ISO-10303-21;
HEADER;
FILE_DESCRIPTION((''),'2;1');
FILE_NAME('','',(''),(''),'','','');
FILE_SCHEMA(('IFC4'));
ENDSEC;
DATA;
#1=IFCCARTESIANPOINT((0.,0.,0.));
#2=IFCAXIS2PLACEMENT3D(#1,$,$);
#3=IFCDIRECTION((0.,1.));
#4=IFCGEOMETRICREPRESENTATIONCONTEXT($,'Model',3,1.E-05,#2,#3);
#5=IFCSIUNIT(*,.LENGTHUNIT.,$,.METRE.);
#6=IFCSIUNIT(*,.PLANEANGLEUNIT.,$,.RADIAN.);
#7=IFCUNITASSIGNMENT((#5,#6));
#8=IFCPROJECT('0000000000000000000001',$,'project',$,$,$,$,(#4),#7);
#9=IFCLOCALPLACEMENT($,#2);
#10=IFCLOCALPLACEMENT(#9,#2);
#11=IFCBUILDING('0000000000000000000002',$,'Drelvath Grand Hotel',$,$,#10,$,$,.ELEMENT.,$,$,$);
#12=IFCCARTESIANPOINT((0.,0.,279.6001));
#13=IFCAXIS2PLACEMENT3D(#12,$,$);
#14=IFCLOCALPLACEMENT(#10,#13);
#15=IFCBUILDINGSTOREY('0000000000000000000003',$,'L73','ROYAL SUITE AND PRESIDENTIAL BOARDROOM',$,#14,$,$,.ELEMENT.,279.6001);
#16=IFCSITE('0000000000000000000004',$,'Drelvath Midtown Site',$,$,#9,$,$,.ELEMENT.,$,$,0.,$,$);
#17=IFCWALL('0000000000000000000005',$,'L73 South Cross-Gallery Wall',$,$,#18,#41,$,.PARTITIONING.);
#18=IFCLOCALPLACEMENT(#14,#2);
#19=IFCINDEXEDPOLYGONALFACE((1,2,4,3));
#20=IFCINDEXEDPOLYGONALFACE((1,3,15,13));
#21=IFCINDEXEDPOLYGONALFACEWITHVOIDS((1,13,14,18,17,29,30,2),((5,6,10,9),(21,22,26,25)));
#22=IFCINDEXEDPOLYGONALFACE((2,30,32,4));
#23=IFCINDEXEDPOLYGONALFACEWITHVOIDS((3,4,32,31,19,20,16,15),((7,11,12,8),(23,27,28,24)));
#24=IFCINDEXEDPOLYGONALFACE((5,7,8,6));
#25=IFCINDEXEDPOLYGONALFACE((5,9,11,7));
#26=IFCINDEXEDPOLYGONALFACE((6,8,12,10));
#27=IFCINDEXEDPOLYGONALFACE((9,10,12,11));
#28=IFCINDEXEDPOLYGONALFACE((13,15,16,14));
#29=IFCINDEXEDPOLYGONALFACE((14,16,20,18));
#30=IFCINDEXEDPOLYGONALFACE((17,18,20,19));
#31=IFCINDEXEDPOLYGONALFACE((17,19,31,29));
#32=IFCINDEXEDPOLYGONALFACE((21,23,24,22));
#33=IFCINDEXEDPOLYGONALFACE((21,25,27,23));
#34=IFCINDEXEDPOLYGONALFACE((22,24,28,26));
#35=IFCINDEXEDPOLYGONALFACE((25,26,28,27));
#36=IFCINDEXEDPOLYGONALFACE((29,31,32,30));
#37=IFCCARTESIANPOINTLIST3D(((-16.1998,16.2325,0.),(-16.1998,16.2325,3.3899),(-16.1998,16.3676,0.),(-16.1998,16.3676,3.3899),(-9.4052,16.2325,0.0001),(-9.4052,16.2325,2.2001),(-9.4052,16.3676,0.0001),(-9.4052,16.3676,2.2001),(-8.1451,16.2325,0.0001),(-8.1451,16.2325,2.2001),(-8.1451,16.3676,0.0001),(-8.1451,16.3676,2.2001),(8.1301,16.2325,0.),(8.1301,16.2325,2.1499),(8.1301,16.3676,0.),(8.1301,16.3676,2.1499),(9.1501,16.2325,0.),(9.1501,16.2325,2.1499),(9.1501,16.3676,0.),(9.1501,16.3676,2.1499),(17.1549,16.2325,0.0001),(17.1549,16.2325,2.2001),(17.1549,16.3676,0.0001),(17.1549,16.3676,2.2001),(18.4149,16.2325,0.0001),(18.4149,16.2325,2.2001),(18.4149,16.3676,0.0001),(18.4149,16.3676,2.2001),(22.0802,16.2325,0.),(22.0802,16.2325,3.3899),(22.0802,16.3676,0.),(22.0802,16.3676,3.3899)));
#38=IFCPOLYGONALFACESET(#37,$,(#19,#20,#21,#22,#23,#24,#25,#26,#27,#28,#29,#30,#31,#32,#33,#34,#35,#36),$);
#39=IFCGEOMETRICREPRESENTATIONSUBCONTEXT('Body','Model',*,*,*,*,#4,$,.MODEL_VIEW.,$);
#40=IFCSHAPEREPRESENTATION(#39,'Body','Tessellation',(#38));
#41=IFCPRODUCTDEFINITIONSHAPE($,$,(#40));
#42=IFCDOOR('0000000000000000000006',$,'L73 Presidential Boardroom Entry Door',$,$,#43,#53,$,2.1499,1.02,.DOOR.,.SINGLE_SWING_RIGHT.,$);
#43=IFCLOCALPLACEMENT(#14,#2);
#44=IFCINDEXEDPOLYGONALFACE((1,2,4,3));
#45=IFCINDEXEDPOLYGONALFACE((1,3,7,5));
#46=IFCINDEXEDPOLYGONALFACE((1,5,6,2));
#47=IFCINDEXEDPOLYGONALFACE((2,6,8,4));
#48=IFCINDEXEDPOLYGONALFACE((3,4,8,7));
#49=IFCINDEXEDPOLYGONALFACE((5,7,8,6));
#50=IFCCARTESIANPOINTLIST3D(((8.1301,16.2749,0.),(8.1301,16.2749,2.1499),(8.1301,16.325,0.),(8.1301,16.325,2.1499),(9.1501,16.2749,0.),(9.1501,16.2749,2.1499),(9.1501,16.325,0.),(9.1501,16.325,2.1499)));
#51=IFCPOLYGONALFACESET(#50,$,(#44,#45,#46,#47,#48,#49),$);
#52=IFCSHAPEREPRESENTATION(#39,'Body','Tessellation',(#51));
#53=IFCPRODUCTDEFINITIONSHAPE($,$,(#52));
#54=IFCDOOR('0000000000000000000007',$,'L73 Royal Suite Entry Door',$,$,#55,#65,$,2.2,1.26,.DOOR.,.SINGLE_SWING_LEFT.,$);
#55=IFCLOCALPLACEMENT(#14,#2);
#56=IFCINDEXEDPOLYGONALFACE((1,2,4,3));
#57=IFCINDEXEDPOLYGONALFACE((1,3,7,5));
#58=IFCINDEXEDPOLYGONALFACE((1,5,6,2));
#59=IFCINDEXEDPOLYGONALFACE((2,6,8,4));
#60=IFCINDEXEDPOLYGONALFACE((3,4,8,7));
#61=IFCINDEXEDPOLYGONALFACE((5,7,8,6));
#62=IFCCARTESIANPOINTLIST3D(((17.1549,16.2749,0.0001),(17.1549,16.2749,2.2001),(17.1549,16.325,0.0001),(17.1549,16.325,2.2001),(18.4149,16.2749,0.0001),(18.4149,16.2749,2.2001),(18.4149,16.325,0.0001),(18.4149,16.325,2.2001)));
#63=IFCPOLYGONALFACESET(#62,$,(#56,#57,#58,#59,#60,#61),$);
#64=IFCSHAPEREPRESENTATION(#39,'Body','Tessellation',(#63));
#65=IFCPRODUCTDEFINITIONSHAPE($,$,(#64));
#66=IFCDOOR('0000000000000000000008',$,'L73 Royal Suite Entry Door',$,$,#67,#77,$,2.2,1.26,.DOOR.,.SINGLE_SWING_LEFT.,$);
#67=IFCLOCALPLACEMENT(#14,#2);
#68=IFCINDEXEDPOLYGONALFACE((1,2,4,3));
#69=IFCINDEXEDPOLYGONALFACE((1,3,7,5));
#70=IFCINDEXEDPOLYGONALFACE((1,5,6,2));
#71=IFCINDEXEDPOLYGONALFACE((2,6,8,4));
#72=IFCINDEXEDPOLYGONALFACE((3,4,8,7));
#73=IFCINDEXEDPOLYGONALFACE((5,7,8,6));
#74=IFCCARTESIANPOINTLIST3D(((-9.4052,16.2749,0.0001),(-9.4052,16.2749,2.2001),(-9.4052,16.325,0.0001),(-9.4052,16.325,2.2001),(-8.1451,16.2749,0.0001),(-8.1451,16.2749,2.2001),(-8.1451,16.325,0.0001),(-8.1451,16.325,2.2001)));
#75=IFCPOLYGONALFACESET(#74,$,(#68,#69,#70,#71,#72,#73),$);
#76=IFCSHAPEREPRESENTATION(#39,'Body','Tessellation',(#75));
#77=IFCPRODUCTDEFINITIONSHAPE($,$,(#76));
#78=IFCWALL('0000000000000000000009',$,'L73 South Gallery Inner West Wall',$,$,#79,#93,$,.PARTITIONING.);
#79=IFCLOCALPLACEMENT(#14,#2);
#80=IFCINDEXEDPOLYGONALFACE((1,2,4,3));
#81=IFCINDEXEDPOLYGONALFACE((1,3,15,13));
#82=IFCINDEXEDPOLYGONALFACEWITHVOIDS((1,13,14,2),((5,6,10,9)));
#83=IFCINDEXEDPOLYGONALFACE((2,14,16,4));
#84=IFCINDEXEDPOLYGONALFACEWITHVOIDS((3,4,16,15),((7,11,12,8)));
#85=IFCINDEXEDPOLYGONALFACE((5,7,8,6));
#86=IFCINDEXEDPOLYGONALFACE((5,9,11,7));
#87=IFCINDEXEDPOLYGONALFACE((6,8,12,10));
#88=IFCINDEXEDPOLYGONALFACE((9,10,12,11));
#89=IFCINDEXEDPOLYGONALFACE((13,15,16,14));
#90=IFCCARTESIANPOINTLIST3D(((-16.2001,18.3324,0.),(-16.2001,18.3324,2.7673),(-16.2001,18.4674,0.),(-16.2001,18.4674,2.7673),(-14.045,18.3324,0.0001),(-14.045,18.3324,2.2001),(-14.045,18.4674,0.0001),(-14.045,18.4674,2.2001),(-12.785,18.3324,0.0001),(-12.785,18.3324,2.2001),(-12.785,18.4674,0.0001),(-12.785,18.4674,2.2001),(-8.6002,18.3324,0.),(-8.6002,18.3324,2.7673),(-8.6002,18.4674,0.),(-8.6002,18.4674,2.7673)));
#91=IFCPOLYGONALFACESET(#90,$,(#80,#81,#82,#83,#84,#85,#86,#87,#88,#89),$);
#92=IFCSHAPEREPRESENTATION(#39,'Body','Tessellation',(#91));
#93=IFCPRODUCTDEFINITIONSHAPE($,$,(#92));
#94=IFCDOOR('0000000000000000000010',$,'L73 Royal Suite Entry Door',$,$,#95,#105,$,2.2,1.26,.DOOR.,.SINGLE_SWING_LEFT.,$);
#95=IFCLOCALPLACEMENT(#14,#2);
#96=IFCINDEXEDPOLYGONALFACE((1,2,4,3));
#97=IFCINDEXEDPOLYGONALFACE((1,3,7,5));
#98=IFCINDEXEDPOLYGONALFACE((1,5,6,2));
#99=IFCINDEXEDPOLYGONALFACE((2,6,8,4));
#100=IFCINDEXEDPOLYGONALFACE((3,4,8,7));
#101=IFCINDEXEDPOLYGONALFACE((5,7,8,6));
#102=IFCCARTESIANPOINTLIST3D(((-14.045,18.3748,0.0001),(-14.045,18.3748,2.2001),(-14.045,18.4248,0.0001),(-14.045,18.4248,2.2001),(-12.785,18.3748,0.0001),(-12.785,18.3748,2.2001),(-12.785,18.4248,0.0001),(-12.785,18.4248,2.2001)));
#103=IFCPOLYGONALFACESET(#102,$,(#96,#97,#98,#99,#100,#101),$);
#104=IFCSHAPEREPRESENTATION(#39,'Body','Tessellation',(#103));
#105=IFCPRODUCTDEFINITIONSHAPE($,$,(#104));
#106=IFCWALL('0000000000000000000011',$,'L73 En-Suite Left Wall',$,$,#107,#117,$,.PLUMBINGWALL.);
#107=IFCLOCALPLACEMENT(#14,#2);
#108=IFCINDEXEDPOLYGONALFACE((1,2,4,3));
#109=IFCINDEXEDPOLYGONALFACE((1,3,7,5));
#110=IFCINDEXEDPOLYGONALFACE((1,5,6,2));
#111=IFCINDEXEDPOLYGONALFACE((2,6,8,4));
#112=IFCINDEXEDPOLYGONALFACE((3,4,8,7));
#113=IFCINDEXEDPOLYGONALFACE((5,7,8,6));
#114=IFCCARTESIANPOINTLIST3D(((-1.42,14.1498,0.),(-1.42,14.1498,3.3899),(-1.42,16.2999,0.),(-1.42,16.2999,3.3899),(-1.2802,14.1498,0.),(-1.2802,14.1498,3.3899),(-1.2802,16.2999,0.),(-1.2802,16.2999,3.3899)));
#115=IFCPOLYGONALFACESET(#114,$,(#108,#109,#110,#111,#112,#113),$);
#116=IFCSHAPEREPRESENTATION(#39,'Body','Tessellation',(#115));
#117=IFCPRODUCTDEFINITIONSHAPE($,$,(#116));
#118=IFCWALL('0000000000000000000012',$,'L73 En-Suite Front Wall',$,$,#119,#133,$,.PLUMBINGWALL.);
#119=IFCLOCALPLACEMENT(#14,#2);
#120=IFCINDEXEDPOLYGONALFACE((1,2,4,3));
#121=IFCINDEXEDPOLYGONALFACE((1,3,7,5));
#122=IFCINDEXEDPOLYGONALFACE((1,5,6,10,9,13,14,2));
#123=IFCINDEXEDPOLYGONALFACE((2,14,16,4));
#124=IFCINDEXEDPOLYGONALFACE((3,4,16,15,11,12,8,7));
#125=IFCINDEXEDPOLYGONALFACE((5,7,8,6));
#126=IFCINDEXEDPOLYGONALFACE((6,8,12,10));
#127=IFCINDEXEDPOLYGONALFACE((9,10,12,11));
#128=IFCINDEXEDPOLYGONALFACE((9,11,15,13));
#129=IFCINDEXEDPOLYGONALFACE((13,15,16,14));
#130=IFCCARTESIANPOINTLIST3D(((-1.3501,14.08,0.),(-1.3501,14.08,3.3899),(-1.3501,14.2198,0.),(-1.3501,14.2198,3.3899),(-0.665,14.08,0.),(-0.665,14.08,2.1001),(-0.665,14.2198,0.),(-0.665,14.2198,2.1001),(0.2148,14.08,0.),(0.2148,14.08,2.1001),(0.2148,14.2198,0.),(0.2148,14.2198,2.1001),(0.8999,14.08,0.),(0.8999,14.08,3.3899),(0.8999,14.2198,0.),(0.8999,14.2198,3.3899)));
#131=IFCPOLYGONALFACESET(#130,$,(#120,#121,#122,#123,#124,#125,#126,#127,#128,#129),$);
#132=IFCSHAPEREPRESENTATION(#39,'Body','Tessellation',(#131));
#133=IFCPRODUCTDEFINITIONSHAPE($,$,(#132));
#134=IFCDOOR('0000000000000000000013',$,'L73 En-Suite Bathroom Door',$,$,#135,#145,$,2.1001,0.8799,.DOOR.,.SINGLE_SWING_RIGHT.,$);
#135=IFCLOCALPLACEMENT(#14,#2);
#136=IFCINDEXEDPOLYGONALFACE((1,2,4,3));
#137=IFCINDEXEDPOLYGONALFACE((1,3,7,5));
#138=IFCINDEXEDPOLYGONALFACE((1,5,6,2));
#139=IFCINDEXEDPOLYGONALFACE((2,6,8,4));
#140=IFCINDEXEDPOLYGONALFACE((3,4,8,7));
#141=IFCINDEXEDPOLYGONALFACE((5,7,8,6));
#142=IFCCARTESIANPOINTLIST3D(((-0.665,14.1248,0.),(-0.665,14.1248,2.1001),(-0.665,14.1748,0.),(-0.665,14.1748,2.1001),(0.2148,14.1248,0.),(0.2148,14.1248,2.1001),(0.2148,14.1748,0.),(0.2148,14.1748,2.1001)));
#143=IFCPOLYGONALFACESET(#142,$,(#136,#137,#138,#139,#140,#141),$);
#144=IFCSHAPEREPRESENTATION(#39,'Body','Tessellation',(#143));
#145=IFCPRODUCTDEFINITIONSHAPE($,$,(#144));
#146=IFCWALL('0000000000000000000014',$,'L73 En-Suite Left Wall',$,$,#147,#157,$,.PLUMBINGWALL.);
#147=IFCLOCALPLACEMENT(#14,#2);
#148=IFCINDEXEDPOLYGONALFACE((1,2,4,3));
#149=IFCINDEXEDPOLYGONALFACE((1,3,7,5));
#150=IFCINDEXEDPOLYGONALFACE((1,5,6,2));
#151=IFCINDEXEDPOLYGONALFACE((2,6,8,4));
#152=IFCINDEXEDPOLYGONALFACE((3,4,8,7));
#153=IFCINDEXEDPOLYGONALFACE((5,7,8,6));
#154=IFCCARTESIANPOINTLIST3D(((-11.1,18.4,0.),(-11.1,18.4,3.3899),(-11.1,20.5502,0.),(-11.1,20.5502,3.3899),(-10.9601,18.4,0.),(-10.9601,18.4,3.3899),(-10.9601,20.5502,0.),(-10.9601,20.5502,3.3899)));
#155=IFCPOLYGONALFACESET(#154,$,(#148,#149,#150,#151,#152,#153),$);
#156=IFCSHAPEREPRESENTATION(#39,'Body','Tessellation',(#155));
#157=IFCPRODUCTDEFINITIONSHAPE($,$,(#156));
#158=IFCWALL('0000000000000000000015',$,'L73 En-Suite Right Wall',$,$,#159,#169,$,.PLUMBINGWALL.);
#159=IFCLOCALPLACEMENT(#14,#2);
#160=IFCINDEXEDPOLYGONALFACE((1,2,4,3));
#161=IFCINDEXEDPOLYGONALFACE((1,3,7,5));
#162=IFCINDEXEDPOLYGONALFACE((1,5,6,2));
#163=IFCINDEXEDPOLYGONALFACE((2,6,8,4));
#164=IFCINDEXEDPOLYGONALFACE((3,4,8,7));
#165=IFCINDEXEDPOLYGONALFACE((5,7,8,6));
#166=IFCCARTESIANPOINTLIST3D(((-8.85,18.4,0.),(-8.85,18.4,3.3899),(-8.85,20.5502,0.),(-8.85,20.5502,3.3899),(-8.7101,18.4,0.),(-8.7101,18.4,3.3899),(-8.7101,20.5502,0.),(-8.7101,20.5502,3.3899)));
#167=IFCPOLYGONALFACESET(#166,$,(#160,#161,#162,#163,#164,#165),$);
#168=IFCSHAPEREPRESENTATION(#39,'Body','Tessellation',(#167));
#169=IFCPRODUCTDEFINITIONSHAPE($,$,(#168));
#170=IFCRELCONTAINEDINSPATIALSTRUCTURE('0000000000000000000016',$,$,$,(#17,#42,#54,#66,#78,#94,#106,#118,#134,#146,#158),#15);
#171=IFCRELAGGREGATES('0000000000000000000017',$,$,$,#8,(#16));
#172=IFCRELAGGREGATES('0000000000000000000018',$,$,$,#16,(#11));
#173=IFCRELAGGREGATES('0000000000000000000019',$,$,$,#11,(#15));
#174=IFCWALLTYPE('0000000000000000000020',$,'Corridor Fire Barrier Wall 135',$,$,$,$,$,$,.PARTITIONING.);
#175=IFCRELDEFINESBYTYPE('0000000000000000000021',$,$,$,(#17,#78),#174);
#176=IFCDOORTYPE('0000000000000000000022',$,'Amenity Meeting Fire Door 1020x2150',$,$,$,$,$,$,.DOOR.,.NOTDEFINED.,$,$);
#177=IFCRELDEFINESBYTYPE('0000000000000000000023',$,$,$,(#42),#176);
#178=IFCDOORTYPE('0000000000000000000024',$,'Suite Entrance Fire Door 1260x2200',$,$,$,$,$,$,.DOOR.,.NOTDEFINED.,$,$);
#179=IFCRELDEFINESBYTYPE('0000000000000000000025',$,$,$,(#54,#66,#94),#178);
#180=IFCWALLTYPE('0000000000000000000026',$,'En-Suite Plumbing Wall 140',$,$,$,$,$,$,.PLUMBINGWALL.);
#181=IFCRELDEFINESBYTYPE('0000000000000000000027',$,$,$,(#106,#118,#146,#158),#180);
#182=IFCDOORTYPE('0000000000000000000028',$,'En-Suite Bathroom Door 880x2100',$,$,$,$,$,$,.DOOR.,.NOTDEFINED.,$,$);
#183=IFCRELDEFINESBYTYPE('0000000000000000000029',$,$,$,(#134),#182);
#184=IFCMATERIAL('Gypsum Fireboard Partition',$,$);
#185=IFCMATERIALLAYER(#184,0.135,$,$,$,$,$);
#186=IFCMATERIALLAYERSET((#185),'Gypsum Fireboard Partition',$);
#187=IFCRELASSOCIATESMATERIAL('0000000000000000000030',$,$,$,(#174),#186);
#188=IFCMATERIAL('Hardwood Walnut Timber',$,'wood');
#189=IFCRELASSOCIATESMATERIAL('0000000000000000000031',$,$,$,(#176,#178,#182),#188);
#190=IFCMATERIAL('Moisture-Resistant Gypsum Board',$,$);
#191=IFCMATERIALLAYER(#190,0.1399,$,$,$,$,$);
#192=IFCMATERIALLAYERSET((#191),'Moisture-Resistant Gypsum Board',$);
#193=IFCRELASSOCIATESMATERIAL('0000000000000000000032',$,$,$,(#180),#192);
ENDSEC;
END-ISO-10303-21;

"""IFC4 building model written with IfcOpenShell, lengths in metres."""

from ifc_helpers import new_model, si_unit, direction, frame, frame_2d, origin, place, context, subcontext, project, spatial, rectangle, extrude, material, layer, layer_set, type_object, element, fill, save


model = new_model("IFC4")

# Units and contexts
model_context = context("Model", 3, precision=1e-05, world=origin(), true_north=direction((0.0, 1.0)))
body_context = subcontext(model_context, "Body", "Model", "MODEL_VIEW")
ifc_project = project(units=[si_unit("LENGTHUNIT", "METRE"), si_unit("PLANEANGLEUNIT", "RADIAN")], contexts=[model_context])

# Site, building, storey
site_placement = place(None, origin())
site = spatial("IfcSite", under=ifc_project, at=site_placement, Name="Drelvath Midtown Site", CompositionType="ELEMENT", RefElevation=0.0)
building_placement = place(site_placement, origin())
building = spatial("IfcBuilding", under=site, at=building_placement, Name="Drelvath Grand Hotel", CompositionType="ELEMENT")
storey_placement = place(building_placement, frame((0.0, 0.0, 279.6001)))
storey = spatial("IfcBuildingStorey", under=building, at=storey_placement, Name="L73", Description="ROYAL SUITE AND PRESIDENTIAL BOARDROOM", CompositionType="ELEMENT", Elevation=279.6001)

# Wall, openings, doors
ifc_material_1 = material(Name="Gypsum Fireboard Partition")
ifc_layer_1 = layer(ifc_material_1, 0.135)
ifc_layer_set_1 = layer_set([ifc_layer_1], Name="Gypsum Fireboard Partition")
wall_type_1 = type_object("IfcWallType", Name="Corridor Fire Barrier Wall 135", PredefinedType="PARTITIONING", material=ifc_layer_set_1)
wall_1_placement = place(storey_placement, frame((-16.2, 16.3, 0.0), z_axis=(0.0, 0.0, 1.0), x_axis=(1.0, 0.0, 0.0)))
wall_1 = element("IfcWall", 1, at=wall_1_placement, inside=storey, type_object=wall_type_1, Name="L73 South Cross-Gallery Wall", PredefinedType="PARTITIONING", context=body_context, shape_type="SweptSolid", body=[
    extrude(rectangle(XDim=38.28, YDim=0.135, at=frame_2d((19.1401, 0.0))), origin(), (0.0, 0.0, 1.0), 3.3899),
])
opening_1_placement = place(wall_1_placement, frame((33.355, 0.0, 0.0)))
opening_1 = element("IfcOpeningElement", 2, at=opening_1_placement, cuts=wall_1, PredefinedType="OPENING", context=body_context, shape_type="SweptSolid", body=[
    extrude(rectangle(XDim=1.26, YDim=2.2, at=frame_2d((0.6299, 1.1001))), frame((0.0, 0.0774, 0.0), z_axis=(0.0, -1.0, 0.0), x_axis=(1.0, 0.0, 0.0)), (0.0, 0.0, 1.0), 0.155),
])
opening_2_placement = place(wall_1_placement, frame((6.7949, 0.0, 0.0)))
opening_2 = element("IfcOpeningElement", 3, at=opening_2_placement, cuts=wall_1, PredefinedType="OPENING", context=body_context, shape_type="SweptSolid", body=[
    extrude(rectangle(XDim=1.26, YDim=2.2, at=frame_2d((0.6299, 1.1001))), frame((0.0, 0.0774, 0.0), z_axis=(0.0, -1.0, 0.0), x_axis=(1.0, 0.0, 0.0)), (0.0, 0.0, 1.0), 0.155),
])
opening_3_placement = place(wall_1_placement, frame((24.3301, 0.0, 0.0)))
opening_3 = element("IfcOpeningElement", 4, at=opening_3_placement, cuts=wall_1, PredefinedType="OPENING", context=body_context, shape_type="SweptSolid", body=[
    extrude(rectangle(XDim=1.02, YDim=2.1499, at=frame_2d((0.51, 1.075))), frame((0.0, 0.0774, 0.0), z_axis=(0.0, -1.0, 0.0), x_axis=(1.0, 0.0, 0.0)), (0.0, 0.0, 1.0), 0.155),
])
ifc_material_2 = material(Name="Hardwood Walnut Timber", Category="wood")
door_type_1 = type_object("IfcDoorType", Name="Amenity Meeting Fire Door 1020x2150", OperationType="NOTDEFINED", PredefinedType="DOOR", material=ifc_material_2)
door_1_placement = place(opening_3_placement, origin())
door_1 = element("IfcDoor", 5, at=door_1_placement, inside=storey, type_object=door_type_1, Name="L73 Presidential Boardroom Entry Door", OperationType="SINGLE_SWING_RIGHT", OverallHeight=2.1499, OverallWidth=1.02, PredefinedType="DOOR", context=body_context, shape_type="SweptSolid", body=[
    extrude(rectangle(XDim=1.02, YDim=2.1499, at=frame_2d((0.51, 1.075))), frame((0.0, 0.0249, 0.0), z_axis=(0.0, -1.0, 0.0), x_axis=(1.0, 0.0, 0.0)), (0.0, 0.0, 1.0), 0.05),
])
fill(opening_3, door_1)
door_type_2 = type_object("IfcDoorType", Name="Suite Entrance Fire Door 1260x2200", OperationType="NOTDEFINED", PredefinedType="DOOR", material=ifc_material_2)
door_2_placement = place(opening_1_placement, origin())
door_2 = element("IfcDoor", 6, at=door_2_placement, inside=storey, type_object=door_type_2, Name="L73 Royal Suite Entry Door", OperationType="SINGLE_SWING_LEFT", OverallHeight=2.2, OverallWidth=1.26, PredefinedType="DOOR", context=body_context, shape_type="SweptSolid", body=[
    extrude(rectangle(XDim=1.26, YDim=2.2, at=frame_2d((0.6299, 1.1001))), frame((0.0, 0.0249, 0.0), z_axis=(0.0, -1.0, 0.0), x_axis=(1.0, 0.0, 0.0)), (0.0, 0.0, 1.0), 0.05),
])
fill(opening_1, door_2)
door_3_placement = place(opening_2_placement, origin())
door_3 = element("IfcDoor", 7, at=door_3_placement, inside=storey, type_object=door_type_2, Name="L73 Royal Suite Entry Door", OperationType="SINGLE_SWING_LEFT", OverallHeight=2.2, OverallWidth=1.26, PredefinedType="DOOR", context=body_context, shape_type="SweptSolid", body=[
    extrude(rectangle(XDim=1.26, YDim=2.2, at=frame_2d((0.6299, 1.1001))), frame((0.0, 0.0249, 0.0), z_axis=(0.0, -1.0, 0.0), x_axis=(1.0, 0.0, 0.0)), (0.0, 0.0, 1.0), 0.05),
])
fill(opening_2, door_3)

# Wall, opening, door
wall_2_placement = place(storey_placement, frame((-16.2, 18.3999, 0.0), z_axis=(0.0, 0.0, 1.0), x_axis=(1.0, 0.0, 0.0)))
wall_2 = element("IfcWall", 8, at=wall_2_placement, inside=storey, type_object=wall_type_1, Name="L73 South Gallery Inner West Wall", PredefinedType="PARTITIONING", context=body_context, shape_type="SweptSolid", body=[
    extrude(rectangle(XDim=7.5999, YDim=0.135, at=frame_2d((3.7998, 0.0))), origin(), (0.0, 0.0, 1.0), 2.7673),
])
opening_4_placement = place(wall_2_placement, frame((2.155, 0.0, 0.0)))
opening_4 = element("IfcOpeningElement", 9, at=opening_4_placement, cuts=wall_2, PredefinedType="OPENING", context=body_context, shape_type="SweptSolid", body=[
    extrude(rectangle(XDim=1.26, YDim=2.2, at=frame_2d((0.6299, 1.1001))), frame((0.0, 0.0774, 0.0), z_axis=(0.0, -1.0, 0.0), x_axis=(1.0, 0.0, 0.0)), (0.0, 0.0, 1.0), 0.155),
])
door_4_placement = place(opening_4_placement, origin())
door_4 = element("IfcDoor", 10, at=door_4_placement, inside=storey, type_object=door_type_2, Name="L73 Royal Suite Entry Door", OperationType="SINGLE_SWING_LEFT", OverallHeight=2.2, OverallWidth=1.26, PredefinedType="DOOR", context=body_context, shape_type="SweptSolid", body=[
    extrude(rectangle(XDim=1.26, YDim=2.2, at=frame_2d((0.6299, 1.1001))), frame((0.0, 0.0249, 0.0), z_axis=(0.0, -1.0, 0.0), x_axis=(1.0, 0.0, 0.0)), (0.0, 0.0, 1.0), 0.05),
])
fill(opening_4, door_4)

# Wall
ifc_material_3 = material(Name="Moisture-Resistant Gypsum Board")
ifc_layer_2 = layer(ifc_material_3, 0.1399)
ifc_layer_set_2 = layer_set([ifc_layer_2], Name="Moisture-Resistant Gypsum Board")
wall_type_2 = type_object("IfcWallType", Name="En-Suite Plumbing Wall 140", PredefinedType="PLUMBINGWALL", material=ifc_layer_set_2)
wall_3_placement = place(storey_placement, frame((-1.3501, 16.3, 0.0), z_axis=(0.0, 0.0, 1.0), x_axis=(0.0, -1.0, 0.0)))
element("IfcWall", 11, at=wall_3_placement, inside=storey, type_object=wall_type_2, Name="L73 En-Suite Left Wall", PredefinedType="PLUMBINGWALL", context=body_context, shape_type="SweptSolid", body=[
    extrude(rectangle(XDim=2.1501, YDim=0.1399, at=frame_2d((1.0752, 0.0))), origin(), (0.0, 0.0, 1.0), 3.3899),
])

# Wall, opening, door
wall_4_placement = place(storey_placement, frame((-1.3501, 14.1499, 0.0), z_axis=(0.0, 0.0, 1.0), x_axis=(1.0, 0.0, 0.0)))
wall_4 = element("IfcWall", 12, at=wall_4_placement, inside=storey, type_object=wall_type_2, Name="L73 En-Suite Front Wall", PredefinedType="PLUMBINGWALL", context=body_context, shape_type="SweptSolid", body=[
    extrude(rectangle(XDim=2.25, YDim=0.1399, at=frame_2d((1.125, 0.0))), origin(), (0.0, 0.0, 1.0), 3.3899),
])
opening_5_placement = place(wall_4_placement, frame((0.6851, 0.0, 0.0)))
opening_5 = element("IfcOpeningElement", 13, at=opening_5_placement, cuts=wall_4, PredefinedType="OPENING", context=body_context, shape_type="SweptSolid", body=[
    extrude(rectangle(XDim=0.8799, YDim=2.1001, at=frame_2d((0.4399, 1.05))), frame((0.0, 0.0798, 0.0), z_axis=(0.0, -1.0, 0.0), x_axis=(1.0, 0.0, 0.0)), (0.0, 0.0, 1.0), 0.1599),
])
door_type_3 = type_object("IfcDoorType", Name="En-Suite Bathroom Door 880x2100", OperationType="NOTDEFINED", PredefinedType="DOOR", material=ifc_material_2)
door_5_placement = place(opening_5_placement, origin())
door_5 = element("IfcDoor", 14, at=door_5_placement, inside=storey, type_object=door_type_3, Name="L73 En-Suite Bathroom Door", OperationType="SINGLE_SWING_RIGHT", OverallHeight=2.1001, OverallWidth=0.8799, PredefinedType="DOOR", context=body_context, shape_type="SweptSolid", body=[
    extrude(rectangle(XDim=0.8799, YDim=2.1001, at=frame_2d((0.4399, 1.05))), frame((0.0, 0.0249, 0.0), z_axis=(0.0, -1.0, 0.0), x_axis=(1.0, 0.0, 0.0)), (0.0, 0.0, 1.0), 0.05),
])
fill(opening_5, door_5)

# Walls
for number, where, z_axis, x_axis, name in (
    (15, (-11.03, 18.3999, 0.0), (0.0, 0.0, 1.0), (0.0, 1.0, 0.0), "L73 En-Suite Left Wall"),
    (16, (-8.78, 18.3999, 0.0), (0.0, 0.0, 1.0), (0.0, 1.0, 0.0), "L73 En-Suite Right Wall"),
):
    element("IfcWall", number, at=place(storey_placement, frame(where, z_axis=z_axis, x_axis=x_axis)), inside=storey, type_object=wall_type_2, Name=name, PredefinedType="PLUMBINGWALL", context=body_context, shape_type="SweptSolid", body=[
        extrude(rectangle(XDim=2.1501, YDim=0.1399, at=frame_2d((1.0752, 0.0))), origin(), (0.0, 0.0, 1.0), 3.3899),
    ])

save(model, "model.ifc")
